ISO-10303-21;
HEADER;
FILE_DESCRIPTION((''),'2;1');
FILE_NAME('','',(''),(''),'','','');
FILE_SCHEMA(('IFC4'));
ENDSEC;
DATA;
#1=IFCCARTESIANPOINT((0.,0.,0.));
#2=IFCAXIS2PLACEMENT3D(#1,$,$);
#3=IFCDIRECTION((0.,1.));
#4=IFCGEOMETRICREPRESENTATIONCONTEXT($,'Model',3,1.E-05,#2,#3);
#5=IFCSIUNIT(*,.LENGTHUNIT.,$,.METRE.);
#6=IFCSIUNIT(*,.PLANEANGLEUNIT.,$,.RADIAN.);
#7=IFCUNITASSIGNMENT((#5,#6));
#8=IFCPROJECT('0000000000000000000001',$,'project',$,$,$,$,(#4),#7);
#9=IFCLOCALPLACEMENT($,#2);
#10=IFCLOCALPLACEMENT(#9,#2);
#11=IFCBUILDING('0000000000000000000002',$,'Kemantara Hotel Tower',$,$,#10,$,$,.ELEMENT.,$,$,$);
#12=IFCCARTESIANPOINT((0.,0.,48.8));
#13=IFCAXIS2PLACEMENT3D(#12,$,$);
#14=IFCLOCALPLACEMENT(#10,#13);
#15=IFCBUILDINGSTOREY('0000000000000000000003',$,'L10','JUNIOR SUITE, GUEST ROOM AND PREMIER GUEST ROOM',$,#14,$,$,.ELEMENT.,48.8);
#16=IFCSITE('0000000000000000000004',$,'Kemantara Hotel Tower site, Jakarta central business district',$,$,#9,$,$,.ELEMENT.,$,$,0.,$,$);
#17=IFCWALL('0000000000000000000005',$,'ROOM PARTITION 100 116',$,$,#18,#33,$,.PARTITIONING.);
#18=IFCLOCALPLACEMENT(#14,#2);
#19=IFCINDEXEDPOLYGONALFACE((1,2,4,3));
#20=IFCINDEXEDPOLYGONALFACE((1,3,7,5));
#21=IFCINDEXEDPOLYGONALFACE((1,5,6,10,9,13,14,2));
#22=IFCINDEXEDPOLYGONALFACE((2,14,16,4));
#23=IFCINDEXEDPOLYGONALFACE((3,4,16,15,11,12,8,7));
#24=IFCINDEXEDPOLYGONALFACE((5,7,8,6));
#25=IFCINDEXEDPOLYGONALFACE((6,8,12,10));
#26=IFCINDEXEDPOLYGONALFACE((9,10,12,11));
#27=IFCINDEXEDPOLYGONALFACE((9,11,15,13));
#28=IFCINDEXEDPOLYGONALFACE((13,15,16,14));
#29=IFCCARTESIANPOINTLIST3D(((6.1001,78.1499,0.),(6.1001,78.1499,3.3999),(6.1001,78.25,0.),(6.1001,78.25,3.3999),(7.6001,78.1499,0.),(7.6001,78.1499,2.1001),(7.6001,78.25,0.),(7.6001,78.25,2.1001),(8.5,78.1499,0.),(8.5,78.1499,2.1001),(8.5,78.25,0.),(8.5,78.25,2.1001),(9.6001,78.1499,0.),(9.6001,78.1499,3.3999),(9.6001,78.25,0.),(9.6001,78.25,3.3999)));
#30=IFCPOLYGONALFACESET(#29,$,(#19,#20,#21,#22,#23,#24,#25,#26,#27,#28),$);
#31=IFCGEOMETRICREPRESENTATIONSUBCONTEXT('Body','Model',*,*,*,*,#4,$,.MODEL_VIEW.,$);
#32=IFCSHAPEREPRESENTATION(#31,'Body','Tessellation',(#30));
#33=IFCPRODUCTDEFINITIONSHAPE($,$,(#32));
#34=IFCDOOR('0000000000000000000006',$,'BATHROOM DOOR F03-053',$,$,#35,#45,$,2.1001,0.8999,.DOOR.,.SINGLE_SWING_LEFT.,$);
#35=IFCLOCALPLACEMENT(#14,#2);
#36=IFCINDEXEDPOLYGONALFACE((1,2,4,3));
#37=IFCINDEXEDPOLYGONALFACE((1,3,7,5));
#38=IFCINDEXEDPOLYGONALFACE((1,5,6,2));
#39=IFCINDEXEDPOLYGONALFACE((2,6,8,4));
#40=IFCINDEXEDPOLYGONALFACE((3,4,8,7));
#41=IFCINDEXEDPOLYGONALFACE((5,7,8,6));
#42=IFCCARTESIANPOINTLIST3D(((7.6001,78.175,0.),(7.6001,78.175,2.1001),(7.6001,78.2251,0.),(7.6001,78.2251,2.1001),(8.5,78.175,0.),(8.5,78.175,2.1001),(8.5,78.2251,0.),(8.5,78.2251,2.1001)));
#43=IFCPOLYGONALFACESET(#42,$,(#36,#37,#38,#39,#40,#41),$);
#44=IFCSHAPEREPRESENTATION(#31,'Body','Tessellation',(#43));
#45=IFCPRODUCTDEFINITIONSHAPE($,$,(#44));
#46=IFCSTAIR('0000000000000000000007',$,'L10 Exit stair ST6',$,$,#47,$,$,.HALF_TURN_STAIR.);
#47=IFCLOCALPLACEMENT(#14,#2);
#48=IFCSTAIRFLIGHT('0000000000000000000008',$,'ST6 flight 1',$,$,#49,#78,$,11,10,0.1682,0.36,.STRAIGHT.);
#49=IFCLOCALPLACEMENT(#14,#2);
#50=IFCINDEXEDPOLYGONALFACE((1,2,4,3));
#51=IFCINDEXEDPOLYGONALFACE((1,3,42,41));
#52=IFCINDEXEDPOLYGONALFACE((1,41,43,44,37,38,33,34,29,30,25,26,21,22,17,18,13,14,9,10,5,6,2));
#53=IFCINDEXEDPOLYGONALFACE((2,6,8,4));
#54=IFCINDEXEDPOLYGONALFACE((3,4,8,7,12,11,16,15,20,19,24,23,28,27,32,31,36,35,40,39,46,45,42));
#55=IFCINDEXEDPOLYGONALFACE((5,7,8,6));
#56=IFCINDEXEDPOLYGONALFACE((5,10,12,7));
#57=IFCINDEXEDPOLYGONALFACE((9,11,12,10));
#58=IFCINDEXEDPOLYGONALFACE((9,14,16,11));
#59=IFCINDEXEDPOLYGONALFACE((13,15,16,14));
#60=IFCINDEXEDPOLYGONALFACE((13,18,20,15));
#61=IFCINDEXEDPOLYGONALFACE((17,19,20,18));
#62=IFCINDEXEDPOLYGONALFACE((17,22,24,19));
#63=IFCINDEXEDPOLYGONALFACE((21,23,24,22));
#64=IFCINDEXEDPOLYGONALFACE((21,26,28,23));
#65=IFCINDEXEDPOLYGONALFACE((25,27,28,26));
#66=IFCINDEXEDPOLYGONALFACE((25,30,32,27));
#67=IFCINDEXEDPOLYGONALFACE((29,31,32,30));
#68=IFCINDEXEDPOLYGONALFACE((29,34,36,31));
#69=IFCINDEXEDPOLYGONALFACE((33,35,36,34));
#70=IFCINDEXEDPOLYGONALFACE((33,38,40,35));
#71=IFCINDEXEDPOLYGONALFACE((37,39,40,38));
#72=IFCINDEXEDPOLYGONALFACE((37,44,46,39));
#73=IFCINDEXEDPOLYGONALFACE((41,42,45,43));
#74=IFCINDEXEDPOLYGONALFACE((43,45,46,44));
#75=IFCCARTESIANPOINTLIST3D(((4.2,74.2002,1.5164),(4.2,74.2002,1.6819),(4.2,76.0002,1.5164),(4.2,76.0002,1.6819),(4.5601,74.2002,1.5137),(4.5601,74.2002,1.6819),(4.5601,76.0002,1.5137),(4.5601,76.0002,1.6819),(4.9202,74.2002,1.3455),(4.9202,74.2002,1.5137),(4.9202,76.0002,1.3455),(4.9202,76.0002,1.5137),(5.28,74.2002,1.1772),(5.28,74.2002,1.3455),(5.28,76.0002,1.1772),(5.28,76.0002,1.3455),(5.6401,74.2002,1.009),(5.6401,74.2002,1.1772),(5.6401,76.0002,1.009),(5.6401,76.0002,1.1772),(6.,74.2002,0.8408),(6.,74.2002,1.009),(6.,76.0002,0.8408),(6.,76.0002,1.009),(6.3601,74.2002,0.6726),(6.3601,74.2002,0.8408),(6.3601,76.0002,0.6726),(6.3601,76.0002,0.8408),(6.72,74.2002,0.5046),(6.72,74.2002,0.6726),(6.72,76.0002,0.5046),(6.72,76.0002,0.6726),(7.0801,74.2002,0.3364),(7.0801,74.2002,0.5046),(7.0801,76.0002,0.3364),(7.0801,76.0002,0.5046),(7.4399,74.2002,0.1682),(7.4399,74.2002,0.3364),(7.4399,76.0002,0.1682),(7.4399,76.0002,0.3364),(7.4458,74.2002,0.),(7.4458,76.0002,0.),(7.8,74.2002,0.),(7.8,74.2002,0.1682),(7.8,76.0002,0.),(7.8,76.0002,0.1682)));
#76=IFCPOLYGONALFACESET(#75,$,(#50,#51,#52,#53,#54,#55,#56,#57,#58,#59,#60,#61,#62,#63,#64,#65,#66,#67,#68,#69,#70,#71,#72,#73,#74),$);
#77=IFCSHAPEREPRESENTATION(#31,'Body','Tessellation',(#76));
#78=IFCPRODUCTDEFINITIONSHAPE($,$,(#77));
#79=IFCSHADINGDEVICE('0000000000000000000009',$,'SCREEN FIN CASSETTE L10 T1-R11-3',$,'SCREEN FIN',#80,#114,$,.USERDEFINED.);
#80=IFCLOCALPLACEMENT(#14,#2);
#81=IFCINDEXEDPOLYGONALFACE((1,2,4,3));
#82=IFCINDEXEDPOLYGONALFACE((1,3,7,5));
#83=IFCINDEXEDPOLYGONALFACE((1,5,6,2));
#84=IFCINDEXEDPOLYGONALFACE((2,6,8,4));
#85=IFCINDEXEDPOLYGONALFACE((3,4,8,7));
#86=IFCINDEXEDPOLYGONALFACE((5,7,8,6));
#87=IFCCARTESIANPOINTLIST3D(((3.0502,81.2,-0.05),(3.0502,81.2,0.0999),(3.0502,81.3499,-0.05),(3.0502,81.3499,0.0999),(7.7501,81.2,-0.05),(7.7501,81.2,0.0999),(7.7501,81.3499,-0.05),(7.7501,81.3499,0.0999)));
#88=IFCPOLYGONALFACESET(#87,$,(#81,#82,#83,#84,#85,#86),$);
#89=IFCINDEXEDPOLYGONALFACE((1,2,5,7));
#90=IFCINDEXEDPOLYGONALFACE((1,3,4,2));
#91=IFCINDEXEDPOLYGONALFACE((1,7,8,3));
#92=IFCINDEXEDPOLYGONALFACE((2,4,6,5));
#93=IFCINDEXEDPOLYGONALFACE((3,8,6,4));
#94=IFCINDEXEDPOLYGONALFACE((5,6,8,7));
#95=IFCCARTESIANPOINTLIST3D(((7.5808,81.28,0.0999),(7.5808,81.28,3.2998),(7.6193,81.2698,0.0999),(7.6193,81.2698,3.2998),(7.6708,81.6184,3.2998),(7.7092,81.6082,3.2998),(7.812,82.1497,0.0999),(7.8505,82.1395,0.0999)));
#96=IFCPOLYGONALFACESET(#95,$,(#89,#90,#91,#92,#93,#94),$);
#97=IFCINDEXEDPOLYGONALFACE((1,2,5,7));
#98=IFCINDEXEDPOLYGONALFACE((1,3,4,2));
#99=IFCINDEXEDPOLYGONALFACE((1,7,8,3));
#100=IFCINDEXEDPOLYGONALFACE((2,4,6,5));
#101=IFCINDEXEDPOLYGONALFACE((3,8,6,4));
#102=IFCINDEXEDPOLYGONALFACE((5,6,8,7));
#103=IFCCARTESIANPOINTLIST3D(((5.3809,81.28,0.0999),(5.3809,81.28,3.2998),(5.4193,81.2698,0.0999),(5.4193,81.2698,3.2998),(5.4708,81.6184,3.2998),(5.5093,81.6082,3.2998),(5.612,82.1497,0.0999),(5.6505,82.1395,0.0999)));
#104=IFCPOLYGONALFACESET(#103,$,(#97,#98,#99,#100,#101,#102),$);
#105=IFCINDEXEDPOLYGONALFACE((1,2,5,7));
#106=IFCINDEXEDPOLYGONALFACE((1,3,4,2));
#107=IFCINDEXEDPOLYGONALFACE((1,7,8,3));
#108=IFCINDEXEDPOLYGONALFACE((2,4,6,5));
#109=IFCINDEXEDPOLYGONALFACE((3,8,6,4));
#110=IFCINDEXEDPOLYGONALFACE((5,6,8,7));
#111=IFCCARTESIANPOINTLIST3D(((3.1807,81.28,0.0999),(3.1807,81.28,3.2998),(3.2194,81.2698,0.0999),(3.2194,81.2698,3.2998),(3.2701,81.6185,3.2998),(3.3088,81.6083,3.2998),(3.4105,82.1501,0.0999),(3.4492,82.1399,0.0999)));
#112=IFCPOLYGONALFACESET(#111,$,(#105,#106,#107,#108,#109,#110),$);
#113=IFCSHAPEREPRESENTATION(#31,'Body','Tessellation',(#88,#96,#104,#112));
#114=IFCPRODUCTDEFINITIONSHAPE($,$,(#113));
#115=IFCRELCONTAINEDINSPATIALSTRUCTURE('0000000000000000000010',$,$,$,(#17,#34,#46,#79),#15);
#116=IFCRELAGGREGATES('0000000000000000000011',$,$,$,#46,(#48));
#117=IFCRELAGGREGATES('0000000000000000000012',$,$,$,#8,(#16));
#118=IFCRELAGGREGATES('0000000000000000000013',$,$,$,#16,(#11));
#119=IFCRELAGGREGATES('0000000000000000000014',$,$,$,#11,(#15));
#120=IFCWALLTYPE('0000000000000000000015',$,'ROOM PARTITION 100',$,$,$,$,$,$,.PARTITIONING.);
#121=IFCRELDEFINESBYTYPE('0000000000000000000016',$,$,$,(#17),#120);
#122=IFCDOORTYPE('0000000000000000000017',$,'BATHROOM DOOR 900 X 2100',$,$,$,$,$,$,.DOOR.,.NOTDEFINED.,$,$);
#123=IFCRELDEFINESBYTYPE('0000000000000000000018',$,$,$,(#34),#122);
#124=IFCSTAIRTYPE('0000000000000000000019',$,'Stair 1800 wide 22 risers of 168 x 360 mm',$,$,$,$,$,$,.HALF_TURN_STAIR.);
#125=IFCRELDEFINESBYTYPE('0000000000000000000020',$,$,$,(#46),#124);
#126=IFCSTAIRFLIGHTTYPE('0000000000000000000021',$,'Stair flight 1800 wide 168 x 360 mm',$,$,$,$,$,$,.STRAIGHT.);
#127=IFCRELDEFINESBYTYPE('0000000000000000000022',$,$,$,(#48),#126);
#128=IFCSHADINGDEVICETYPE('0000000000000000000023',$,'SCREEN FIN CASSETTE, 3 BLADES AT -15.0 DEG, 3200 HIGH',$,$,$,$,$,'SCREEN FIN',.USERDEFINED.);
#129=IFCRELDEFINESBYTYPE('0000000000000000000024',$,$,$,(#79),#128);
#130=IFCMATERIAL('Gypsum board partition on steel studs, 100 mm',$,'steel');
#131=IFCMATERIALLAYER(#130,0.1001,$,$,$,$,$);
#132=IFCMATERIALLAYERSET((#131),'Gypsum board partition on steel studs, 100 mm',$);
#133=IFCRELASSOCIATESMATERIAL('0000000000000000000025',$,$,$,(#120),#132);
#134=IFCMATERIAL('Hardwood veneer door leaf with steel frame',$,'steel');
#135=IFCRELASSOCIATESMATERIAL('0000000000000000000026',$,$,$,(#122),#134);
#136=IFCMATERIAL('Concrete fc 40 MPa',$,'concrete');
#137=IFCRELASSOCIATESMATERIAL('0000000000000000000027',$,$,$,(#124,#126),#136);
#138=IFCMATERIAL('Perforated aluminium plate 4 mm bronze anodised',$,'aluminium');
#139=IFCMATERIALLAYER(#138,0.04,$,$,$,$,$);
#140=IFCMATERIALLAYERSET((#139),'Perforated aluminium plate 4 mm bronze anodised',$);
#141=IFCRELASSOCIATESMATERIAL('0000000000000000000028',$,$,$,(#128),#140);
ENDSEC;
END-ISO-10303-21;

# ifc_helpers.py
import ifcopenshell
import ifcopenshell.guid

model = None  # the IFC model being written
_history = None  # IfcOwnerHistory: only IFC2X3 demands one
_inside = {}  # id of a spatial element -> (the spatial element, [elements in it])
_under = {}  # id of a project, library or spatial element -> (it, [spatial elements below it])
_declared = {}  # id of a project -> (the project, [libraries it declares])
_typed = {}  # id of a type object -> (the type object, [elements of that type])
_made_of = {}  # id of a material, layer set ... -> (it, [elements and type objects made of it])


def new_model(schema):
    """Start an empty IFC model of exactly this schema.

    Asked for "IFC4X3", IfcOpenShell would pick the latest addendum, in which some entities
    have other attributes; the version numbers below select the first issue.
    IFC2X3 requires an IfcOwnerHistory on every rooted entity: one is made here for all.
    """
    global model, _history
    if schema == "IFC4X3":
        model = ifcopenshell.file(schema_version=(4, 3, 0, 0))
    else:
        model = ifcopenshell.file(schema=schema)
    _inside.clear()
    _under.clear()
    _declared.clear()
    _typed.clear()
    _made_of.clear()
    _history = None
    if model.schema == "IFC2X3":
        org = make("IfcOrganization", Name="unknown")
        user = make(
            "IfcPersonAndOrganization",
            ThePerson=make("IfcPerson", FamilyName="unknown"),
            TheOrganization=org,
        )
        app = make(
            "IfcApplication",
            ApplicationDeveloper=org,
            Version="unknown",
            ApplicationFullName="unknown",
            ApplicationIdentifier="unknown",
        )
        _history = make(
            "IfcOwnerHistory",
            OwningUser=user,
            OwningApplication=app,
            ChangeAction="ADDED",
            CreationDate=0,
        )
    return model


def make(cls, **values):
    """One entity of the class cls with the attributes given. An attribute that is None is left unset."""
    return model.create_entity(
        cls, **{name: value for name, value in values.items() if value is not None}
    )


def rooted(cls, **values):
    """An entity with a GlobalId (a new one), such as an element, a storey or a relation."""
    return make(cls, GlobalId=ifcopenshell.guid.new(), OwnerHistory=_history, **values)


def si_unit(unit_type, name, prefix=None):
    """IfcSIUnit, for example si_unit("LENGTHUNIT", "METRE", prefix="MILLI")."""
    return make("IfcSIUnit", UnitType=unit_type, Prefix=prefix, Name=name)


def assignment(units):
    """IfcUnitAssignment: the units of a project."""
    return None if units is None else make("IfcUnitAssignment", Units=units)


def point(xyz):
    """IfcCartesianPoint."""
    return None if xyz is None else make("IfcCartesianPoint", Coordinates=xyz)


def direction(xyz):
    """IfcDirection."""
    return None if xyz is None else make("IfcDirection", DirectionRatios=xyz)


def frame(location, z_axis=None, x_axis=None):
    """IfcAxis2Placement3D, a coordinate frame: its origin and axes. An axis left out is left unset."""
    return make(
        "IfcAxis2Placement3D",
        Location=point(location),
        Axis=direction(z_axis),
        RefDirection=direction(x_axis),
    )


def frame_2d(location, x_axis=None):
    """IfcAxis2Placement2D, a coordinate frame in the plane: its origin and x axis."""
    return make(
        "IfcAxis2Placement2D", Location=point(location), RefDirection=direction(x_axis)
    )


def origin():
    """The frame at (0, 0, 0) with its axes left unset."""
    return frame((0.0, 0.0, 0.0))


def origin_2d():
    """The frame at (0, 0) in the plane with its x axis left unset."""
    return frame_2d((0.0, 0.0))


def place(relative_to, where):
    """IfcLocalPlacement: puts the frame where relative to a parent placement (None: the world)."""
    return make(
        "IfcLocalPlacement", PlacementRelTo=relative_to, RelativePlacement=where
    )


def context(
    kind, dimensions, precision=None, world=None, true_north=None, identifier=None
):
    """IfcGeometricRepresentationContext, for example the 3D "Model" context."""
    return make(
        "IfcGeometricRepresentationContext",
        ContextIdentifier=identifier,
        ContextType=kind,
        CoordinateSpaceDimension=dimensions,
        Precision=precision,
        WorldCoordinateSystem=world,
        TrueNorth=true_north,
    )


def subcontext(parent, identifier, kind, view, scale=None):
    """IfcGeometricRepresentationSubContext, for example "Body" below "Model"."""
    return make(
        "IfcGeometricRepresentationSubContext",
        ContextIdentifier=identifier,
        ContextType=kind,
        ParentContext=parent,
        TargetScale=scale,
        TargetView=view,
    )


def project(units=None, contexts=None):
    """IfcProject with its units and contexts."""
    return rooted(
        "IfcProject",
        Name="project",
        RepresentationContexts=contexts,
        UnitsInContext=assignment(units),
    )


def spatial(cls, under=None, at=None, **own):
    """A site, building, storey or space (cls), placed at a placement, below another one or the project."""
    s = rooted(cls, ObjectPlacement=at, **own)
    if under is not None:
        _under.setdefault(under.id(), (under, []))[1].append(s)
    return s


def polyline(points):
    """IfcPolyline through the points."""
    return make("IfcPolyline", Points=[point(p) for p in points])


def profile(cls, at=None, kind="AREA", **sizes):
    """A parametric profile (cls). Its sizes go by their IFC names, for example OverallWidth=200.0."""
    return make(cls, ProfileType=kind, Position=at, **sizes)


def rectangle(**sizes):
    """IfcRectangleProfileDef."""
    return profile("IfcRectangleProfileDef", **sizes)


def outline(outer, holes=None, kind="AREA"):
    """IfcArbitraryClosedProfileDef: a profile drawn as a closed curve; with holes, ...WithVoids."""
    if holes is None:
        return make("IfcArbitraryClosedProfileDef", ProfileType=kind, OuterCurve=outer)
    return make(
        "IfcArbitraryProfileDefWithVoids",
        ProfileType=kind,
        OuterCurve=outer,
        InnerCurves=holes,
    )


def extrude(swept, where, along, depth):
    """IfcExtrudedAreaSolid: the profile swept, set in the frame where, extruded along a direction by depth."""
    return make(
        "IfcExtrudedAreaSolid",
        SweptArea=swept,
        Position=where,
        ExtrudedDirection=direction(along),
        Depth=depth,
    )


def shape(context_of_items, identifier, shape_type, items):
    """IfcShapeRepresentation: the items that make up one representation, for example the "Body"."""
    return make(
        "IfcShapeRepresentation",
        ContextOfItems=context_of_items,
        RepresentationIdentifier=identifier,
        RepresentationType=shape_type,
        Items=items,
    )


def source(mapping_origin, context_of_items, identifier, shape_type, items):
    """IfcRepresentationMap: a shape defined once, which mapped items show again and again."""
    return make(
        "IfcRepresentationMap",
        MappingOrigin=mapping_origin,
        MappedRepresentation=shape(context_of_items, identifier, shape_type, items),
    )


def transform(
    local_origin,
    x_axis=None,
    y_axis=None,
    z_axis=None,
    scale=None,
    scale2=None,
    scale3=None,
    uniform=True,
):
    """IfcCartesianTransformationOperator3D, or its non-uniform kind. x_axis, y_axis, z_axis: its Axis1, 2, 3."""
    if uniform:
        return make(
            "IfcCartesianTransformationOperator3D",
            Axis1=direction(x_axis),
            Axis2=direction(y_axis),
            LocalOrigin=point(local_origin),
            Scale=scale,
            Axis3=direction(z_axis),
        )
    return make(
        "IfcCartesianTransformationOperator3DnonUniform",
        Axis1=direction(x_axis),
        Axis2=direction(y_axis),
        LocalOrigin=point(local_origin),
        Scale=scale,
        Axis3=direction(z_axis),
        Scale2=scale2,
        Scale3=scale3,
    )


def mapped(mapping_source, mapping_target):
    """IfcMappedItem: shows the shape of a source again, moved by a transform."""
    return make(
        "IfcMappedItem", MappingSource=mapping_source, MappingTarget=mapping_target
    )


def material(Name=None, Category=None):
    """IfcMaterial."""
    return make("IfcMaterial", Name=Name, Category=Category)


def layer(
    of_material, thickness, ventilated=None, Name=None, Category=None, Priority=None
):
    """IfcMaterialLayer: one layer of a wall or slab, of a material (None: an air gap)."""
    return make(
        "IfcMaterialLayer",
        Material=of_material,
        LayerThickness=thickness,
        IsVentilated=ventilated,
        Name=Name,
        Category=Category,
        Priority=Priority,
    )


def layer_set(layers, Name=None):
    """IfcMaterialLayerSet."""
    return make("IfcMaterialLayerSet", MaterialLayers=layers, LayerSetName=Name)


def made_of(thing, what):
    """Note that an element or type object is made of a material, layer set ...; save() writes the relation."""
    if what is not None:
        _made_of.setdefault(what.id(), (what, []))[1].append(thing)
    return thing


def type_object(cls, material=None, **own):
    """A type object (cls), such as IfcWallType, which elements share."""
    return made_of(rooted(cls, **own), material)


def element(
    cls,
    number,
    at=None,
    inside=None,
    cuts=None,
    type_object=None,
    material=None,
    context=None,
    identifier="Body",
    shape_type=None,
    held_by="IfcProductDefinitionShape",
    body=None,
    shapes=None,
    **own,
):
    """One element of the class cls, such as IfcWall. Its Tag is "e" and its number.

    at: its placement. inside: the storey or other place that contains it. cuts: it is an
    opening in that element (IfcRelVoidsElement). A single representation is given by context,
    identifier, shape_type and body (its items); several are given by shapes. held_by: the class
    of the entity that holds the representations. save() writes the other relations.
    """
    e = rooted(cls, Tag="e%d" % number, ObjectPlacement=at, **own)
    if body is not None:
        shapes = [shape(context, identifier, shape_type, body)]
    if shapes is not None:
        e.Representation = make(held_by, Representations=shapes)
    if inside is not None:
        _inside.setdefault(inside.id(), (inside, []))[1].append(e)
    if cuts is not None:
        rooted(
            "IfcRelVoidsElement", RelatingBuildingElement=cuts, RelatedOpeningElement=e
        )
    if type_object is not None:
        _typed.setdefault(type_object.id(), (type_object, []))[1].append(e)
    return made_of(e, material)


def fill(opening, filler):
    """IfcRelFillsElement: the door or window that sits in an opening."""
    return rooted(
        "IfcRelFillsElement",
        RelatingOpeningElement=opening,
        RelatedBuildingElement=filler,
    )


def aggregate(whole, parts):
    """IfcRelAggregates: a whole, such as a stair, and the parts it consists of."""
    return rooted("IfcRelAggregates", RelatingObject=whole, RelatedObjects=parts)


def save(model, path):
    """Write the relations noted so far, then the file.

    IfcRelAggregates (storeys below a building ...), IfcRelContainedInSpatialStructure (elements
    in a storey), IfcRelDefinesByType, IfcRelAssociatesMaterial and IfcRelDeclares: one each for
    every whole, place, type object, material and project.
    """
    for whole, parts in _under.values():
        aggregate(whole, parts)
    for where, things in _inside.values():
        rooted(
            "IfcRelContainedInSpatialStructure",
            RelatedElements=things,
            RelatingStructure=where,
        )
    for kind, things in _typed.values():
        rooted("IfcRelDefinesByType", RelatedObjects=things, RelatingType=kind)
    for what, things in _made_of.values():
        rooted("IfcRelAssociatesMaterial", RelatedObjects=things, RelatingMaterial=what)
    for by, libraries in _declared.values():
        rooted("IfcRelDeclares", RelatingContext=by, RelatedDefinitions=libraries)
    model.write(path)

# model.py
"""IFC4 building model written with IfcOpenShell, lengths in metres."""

from ifc_helpers import new_model, si_unit, direction, frame, frame_2d, origin, origin_2d, place, context, subcontext, project, spatial, polyline, rectangle, outline, extrude, source, transform, mapped, material, layer, layer_set, type_object, element, fill, aggregate, save


model = new_model("IFC4")

# Units and contexts
model_context = context("Model", 3, precision=1e-05, world=origin(), true_north=direction((0.0, 1.0)))
body_context = subcontext(model_context, "Body", "Model", "MODEL_VIEW")
ifc_project = project(units=[si_unit("LENGTHUNIT", "METRE"), si_unit("PLANEANGLEUNIT", "RADIAN")], contexts=[model_context])

# Site, building, storey
site_placement = place(None, origin())
site = spatial("IfcSite", under=ifc_project, at=site_placement, Name="Kemantara Hotel Tower site, Jakarta central business district", CompositionType="ELEMENT", RefElevation=0.0)
building_placement = place(site_placement, origin())
building = spatial("IfcBuilding", under=site, at=building_placement, Name="Kemantara Hotel Tower", CompositionType="ELEMENT")
storey_placement = place(building_placement, frame((0.0, 0.0, 48.8)))
storey = spatial("IfcBuildingStorey", under=building, at=storey_placement, Name="L10", Description="JUNIOR SUITE, GUEST ROOM AND PREMIER GUEST ROOM", CompositionType="ELEMENT", Elevation=48.8)

# Wall, opening, door
ifc_material_1 = material(Name="Hardwood veneer door leaf with steel frame", Category="steel")
ifc_material_2 = material(Name="Concrete fc 40 MPa", Category="concrete")
ifc_material_3 = material(Name="Gypsum board partition on steel studs, 100 mm", Category="steel")
ifc_layer_1 = layer(ifc_material_3, 0.1001)
ifc_layer_set_1 = layer_set([ifc_layer_1], Name="Gypsum board partition on steel studs, 100 mm")
wall_type_1 = type_object("IfcWallType", Name="ROOM PARTITION 100", PredefinedType="PARTITIONING", material=ifc_layer_set_1)
wall_1_placement = place(storey_placement, frame((9.6001, 78.2, 0.0), z_axis=(0.0, 0.0, 1.0), x_axis=(-1.0, 0.0, 0.0)))
wall_1 = element("IfcWall", 1, at=wall_1_placement, inside=storey, type_object=wall_type_1, Name="ROOM PARTITION 100 116", PredefinedType="PARTITIONING", context=body_context, shape_type="SweptSolid", body=[
    extrude(rectangle(XDim=3.5, YDim=0.1001, at=frame_2d((1.75, 0.0))), origin(), (0.0, 0.0, 1.0), 3.3999),
])
opening_1_placement = place(wall_1_placement, frame((1.1001, 0.0, 0.0)))
opening_1 = element("IfcOpeningElement", 2, at=opening_1_placement, cuts=wall_1, PredefinedType="OPENING", context=body_context, shape_type="SweptSolid", body=[
    extrude(rectangle(XDim=0.8999, YDim=2.1001, at=frame_2d((0.45, 1.05))), frame((0.0, 0.0601, 0.0), z_axis=(0.0, -1.0, 0.0), x_axis=(1.0, 0.0, 0.0)), (0.0, 0.0, 1.0), 0.1201),
])
door_type_1 = type_object("IfcDoorType", Name="BATHROOM DOOR 900 X 2100", OperationType="NOTDEFINED", PredefinedType="DOOR", material=ifc_material_1)
door_1_placement = place(opening_1_placement, origin())
door_1 = element("IfcDoor", 3, at=door_1_placement, inside=storey, type_object=door_type_1, Name="BATHROOM DOOR F03-053", OperationType="SINGLE_SWING_LEFT", OverallHeight=2.1001, OverallWidth=0.8999, PredefinedType="DOOR", context=body_context, shape_type="SweptSolid", body=[
    extrude(rectangle(XDim=0.8999, YDim=2.1001, at=frame_2d((0.45, 1.05))), frame((0.0, 0.0249, 0.0), z_axis=(0.0, -1.0, 0.0), x_axis=(1.0, 0.0, 0.0)), (0.0, 0.0, 1.0), 0.05),
])
fill(opening_1, door_1)

# Stair, stair flight
stair_type = type_object("IfcStairType", Name="Stair 1800 wide 22 risers of 168 x 360 mm", PredefinedType="HALF_TURN_STAIR", material=ifc_material_2)
stair_placement = place(storey_placement, origin())
stair = element("IfcStair", 4, at=stair_placement, inside=storey, type_object=stair_type, Name="L10 Exit stair ST6", PredefinedType="HALF_TURN_STAIR")
stair_flight_type = type_object("IfcStairFlightType", Name="Stair flight 1800 wide 168 x 360 mm", PredefinedType="STRAIGHT", material=ifc_material_2)
stair_flight_placement = place(storey_placement, frame((7.8, 75.1001, 0.0), z_axis=(0.0, 0.0, 1.0), x_axis=(-1.0, 0.0, 0.0)))
stair_flight = element("IfcStairFlight", 5, at=stair_flight_placement, type_object=stair_flight_type, Name="ST6 flight 1", NumberOfRisers=11, NumberOfTreads=10, PredefinedType="STRAIGHT", RiserHeight=0.1682, TreadLength=0.36, context=body_context, shape_type="SweptSolid", body=[
    extrude(outline(polyline([(0.0, 0.0), (0.0, 0.1682), (0.3601, 0.1682), (0.3601, 0.3364), (0.72, 0.3364), (0.72, 0.5046), (1.0801, 0.5046), (1.0801, 0.6726), (1.4399, 0.6726), (1.4399, 0.8408), (1.8, 0.8408), (1.8, 1.009), (2.1599, 1.009), (2.1599, 1.1772), (2.52, 1.1772), (2.52, 1.3455), (2.8799, 1.3455), (2.8799, 1.5137), (3.24, 1.5137), (3.24, 1.6819), (3.6001, 1.6819), (3.6001, 1.8501), (3.6001, 1.5164), (0.3542, 0.0), (0.0, 0.0)])), frame((0.0, 0.8999, 0.0), z_axis=(0.0, -1.0, 0.0), x_axis=(1.0, 0.0, 0.0)), (0.0, 0.0, 1.0), 1.8),
])
aggregate(stair, [stair_flight])

# Shading device
ifc_material_4 = material(Name="Perforated aluminium plate 4 mm bronze anodised", Category="aluminium")
ifc_layer_2 = layer(ifc_material_4, 0.04)
ifc_layer_set_2 = layer_set([ifc_layer_2], Name="Perforated aluminium plate 4 mm bronze anodised")
shading_device_type = type_object("IfcShadingDeviceType", Name="SCREEN FIN CASSETTE, 3 BLADES AT -15.0 DEG, 3200 HIGH", ElementType="SCREEN FIN", PredefinedType="USERDEFINED", material=ifc_layer_set_2)
shared_shape_1 = source(origin(), body_context, "Body", "SweptSolid", [
    extrude(rectangle(XDim=4.7, YDim=0.1499, at=origin_2d()), frame((2.2, -0.075, -0.1499), z_axis=(0.0, 0.0, 1.0), x_axis=(1.0, 0.0, 0.0)), (0.0, 0.0, 1.0), 0.1499),
    extrude(outline(polyline([(0.0, 0.0), (0.8999, 0.0), (0.3501, 3.2), (0.0, 3.2), (0.0, 0.0)])), frame((0.0193, -0.0801, 0.0), z_axis=(-0.966438, 0.256901, 0.0), x_axis=(-0.256901, -0.966438, 0.0)), (0.0, 0.0, 1.0), 0.0398),
    extrude(outline(polyline([(0.0, 0.0), (0.8999, 0.0), (0.3501, 3.2), (0.0, 3.2), (0.0, 0.0)])), frame((2.2192, -0.0801, 0.0), z_axis=(-0.966438, 0.256901, 0.0), x_axis=(-0.256901, -0.966438, 0.0)), (0.0, 0.0, 1.0), 0.0398),
    extrude(outline(polyline([(0.0, 0.0), (0.8999, 0.0), (0.3501, 3.2), (0.0, 3.2), (0.0, 0.0)])), frame((4.4194, -0.0801, 0.0), z_axis=(-0.966838, 0.255391, 0.0), x_axis=(-0.255391, -0.966838, 0.0)), (0.0, 0.0, 1.0), 0.04),
])
shading_device_placement = place(storey_placement, frame((7.6001, 81.2, 0.0999), z_axis=(0.0, 0.0, 1.0), x_axis=(-1.0, 0.0, 0.0)))
element("IfcShadingDevice", 6, at=shading_device_placement, inside=storey, type_object=shading_device_type, Name="SCREEN FIN CASSETTE L10 T1-R11-3", ObjectType="SCREEN FIN", PredefinedType="USERDEFINED", context=body_context, shape_type="MappedRepresentation", body=[
    mapped(shared_shape_1, transform((0.0, 0.0, 0.0))),
])

save(model, "model.ifc")
